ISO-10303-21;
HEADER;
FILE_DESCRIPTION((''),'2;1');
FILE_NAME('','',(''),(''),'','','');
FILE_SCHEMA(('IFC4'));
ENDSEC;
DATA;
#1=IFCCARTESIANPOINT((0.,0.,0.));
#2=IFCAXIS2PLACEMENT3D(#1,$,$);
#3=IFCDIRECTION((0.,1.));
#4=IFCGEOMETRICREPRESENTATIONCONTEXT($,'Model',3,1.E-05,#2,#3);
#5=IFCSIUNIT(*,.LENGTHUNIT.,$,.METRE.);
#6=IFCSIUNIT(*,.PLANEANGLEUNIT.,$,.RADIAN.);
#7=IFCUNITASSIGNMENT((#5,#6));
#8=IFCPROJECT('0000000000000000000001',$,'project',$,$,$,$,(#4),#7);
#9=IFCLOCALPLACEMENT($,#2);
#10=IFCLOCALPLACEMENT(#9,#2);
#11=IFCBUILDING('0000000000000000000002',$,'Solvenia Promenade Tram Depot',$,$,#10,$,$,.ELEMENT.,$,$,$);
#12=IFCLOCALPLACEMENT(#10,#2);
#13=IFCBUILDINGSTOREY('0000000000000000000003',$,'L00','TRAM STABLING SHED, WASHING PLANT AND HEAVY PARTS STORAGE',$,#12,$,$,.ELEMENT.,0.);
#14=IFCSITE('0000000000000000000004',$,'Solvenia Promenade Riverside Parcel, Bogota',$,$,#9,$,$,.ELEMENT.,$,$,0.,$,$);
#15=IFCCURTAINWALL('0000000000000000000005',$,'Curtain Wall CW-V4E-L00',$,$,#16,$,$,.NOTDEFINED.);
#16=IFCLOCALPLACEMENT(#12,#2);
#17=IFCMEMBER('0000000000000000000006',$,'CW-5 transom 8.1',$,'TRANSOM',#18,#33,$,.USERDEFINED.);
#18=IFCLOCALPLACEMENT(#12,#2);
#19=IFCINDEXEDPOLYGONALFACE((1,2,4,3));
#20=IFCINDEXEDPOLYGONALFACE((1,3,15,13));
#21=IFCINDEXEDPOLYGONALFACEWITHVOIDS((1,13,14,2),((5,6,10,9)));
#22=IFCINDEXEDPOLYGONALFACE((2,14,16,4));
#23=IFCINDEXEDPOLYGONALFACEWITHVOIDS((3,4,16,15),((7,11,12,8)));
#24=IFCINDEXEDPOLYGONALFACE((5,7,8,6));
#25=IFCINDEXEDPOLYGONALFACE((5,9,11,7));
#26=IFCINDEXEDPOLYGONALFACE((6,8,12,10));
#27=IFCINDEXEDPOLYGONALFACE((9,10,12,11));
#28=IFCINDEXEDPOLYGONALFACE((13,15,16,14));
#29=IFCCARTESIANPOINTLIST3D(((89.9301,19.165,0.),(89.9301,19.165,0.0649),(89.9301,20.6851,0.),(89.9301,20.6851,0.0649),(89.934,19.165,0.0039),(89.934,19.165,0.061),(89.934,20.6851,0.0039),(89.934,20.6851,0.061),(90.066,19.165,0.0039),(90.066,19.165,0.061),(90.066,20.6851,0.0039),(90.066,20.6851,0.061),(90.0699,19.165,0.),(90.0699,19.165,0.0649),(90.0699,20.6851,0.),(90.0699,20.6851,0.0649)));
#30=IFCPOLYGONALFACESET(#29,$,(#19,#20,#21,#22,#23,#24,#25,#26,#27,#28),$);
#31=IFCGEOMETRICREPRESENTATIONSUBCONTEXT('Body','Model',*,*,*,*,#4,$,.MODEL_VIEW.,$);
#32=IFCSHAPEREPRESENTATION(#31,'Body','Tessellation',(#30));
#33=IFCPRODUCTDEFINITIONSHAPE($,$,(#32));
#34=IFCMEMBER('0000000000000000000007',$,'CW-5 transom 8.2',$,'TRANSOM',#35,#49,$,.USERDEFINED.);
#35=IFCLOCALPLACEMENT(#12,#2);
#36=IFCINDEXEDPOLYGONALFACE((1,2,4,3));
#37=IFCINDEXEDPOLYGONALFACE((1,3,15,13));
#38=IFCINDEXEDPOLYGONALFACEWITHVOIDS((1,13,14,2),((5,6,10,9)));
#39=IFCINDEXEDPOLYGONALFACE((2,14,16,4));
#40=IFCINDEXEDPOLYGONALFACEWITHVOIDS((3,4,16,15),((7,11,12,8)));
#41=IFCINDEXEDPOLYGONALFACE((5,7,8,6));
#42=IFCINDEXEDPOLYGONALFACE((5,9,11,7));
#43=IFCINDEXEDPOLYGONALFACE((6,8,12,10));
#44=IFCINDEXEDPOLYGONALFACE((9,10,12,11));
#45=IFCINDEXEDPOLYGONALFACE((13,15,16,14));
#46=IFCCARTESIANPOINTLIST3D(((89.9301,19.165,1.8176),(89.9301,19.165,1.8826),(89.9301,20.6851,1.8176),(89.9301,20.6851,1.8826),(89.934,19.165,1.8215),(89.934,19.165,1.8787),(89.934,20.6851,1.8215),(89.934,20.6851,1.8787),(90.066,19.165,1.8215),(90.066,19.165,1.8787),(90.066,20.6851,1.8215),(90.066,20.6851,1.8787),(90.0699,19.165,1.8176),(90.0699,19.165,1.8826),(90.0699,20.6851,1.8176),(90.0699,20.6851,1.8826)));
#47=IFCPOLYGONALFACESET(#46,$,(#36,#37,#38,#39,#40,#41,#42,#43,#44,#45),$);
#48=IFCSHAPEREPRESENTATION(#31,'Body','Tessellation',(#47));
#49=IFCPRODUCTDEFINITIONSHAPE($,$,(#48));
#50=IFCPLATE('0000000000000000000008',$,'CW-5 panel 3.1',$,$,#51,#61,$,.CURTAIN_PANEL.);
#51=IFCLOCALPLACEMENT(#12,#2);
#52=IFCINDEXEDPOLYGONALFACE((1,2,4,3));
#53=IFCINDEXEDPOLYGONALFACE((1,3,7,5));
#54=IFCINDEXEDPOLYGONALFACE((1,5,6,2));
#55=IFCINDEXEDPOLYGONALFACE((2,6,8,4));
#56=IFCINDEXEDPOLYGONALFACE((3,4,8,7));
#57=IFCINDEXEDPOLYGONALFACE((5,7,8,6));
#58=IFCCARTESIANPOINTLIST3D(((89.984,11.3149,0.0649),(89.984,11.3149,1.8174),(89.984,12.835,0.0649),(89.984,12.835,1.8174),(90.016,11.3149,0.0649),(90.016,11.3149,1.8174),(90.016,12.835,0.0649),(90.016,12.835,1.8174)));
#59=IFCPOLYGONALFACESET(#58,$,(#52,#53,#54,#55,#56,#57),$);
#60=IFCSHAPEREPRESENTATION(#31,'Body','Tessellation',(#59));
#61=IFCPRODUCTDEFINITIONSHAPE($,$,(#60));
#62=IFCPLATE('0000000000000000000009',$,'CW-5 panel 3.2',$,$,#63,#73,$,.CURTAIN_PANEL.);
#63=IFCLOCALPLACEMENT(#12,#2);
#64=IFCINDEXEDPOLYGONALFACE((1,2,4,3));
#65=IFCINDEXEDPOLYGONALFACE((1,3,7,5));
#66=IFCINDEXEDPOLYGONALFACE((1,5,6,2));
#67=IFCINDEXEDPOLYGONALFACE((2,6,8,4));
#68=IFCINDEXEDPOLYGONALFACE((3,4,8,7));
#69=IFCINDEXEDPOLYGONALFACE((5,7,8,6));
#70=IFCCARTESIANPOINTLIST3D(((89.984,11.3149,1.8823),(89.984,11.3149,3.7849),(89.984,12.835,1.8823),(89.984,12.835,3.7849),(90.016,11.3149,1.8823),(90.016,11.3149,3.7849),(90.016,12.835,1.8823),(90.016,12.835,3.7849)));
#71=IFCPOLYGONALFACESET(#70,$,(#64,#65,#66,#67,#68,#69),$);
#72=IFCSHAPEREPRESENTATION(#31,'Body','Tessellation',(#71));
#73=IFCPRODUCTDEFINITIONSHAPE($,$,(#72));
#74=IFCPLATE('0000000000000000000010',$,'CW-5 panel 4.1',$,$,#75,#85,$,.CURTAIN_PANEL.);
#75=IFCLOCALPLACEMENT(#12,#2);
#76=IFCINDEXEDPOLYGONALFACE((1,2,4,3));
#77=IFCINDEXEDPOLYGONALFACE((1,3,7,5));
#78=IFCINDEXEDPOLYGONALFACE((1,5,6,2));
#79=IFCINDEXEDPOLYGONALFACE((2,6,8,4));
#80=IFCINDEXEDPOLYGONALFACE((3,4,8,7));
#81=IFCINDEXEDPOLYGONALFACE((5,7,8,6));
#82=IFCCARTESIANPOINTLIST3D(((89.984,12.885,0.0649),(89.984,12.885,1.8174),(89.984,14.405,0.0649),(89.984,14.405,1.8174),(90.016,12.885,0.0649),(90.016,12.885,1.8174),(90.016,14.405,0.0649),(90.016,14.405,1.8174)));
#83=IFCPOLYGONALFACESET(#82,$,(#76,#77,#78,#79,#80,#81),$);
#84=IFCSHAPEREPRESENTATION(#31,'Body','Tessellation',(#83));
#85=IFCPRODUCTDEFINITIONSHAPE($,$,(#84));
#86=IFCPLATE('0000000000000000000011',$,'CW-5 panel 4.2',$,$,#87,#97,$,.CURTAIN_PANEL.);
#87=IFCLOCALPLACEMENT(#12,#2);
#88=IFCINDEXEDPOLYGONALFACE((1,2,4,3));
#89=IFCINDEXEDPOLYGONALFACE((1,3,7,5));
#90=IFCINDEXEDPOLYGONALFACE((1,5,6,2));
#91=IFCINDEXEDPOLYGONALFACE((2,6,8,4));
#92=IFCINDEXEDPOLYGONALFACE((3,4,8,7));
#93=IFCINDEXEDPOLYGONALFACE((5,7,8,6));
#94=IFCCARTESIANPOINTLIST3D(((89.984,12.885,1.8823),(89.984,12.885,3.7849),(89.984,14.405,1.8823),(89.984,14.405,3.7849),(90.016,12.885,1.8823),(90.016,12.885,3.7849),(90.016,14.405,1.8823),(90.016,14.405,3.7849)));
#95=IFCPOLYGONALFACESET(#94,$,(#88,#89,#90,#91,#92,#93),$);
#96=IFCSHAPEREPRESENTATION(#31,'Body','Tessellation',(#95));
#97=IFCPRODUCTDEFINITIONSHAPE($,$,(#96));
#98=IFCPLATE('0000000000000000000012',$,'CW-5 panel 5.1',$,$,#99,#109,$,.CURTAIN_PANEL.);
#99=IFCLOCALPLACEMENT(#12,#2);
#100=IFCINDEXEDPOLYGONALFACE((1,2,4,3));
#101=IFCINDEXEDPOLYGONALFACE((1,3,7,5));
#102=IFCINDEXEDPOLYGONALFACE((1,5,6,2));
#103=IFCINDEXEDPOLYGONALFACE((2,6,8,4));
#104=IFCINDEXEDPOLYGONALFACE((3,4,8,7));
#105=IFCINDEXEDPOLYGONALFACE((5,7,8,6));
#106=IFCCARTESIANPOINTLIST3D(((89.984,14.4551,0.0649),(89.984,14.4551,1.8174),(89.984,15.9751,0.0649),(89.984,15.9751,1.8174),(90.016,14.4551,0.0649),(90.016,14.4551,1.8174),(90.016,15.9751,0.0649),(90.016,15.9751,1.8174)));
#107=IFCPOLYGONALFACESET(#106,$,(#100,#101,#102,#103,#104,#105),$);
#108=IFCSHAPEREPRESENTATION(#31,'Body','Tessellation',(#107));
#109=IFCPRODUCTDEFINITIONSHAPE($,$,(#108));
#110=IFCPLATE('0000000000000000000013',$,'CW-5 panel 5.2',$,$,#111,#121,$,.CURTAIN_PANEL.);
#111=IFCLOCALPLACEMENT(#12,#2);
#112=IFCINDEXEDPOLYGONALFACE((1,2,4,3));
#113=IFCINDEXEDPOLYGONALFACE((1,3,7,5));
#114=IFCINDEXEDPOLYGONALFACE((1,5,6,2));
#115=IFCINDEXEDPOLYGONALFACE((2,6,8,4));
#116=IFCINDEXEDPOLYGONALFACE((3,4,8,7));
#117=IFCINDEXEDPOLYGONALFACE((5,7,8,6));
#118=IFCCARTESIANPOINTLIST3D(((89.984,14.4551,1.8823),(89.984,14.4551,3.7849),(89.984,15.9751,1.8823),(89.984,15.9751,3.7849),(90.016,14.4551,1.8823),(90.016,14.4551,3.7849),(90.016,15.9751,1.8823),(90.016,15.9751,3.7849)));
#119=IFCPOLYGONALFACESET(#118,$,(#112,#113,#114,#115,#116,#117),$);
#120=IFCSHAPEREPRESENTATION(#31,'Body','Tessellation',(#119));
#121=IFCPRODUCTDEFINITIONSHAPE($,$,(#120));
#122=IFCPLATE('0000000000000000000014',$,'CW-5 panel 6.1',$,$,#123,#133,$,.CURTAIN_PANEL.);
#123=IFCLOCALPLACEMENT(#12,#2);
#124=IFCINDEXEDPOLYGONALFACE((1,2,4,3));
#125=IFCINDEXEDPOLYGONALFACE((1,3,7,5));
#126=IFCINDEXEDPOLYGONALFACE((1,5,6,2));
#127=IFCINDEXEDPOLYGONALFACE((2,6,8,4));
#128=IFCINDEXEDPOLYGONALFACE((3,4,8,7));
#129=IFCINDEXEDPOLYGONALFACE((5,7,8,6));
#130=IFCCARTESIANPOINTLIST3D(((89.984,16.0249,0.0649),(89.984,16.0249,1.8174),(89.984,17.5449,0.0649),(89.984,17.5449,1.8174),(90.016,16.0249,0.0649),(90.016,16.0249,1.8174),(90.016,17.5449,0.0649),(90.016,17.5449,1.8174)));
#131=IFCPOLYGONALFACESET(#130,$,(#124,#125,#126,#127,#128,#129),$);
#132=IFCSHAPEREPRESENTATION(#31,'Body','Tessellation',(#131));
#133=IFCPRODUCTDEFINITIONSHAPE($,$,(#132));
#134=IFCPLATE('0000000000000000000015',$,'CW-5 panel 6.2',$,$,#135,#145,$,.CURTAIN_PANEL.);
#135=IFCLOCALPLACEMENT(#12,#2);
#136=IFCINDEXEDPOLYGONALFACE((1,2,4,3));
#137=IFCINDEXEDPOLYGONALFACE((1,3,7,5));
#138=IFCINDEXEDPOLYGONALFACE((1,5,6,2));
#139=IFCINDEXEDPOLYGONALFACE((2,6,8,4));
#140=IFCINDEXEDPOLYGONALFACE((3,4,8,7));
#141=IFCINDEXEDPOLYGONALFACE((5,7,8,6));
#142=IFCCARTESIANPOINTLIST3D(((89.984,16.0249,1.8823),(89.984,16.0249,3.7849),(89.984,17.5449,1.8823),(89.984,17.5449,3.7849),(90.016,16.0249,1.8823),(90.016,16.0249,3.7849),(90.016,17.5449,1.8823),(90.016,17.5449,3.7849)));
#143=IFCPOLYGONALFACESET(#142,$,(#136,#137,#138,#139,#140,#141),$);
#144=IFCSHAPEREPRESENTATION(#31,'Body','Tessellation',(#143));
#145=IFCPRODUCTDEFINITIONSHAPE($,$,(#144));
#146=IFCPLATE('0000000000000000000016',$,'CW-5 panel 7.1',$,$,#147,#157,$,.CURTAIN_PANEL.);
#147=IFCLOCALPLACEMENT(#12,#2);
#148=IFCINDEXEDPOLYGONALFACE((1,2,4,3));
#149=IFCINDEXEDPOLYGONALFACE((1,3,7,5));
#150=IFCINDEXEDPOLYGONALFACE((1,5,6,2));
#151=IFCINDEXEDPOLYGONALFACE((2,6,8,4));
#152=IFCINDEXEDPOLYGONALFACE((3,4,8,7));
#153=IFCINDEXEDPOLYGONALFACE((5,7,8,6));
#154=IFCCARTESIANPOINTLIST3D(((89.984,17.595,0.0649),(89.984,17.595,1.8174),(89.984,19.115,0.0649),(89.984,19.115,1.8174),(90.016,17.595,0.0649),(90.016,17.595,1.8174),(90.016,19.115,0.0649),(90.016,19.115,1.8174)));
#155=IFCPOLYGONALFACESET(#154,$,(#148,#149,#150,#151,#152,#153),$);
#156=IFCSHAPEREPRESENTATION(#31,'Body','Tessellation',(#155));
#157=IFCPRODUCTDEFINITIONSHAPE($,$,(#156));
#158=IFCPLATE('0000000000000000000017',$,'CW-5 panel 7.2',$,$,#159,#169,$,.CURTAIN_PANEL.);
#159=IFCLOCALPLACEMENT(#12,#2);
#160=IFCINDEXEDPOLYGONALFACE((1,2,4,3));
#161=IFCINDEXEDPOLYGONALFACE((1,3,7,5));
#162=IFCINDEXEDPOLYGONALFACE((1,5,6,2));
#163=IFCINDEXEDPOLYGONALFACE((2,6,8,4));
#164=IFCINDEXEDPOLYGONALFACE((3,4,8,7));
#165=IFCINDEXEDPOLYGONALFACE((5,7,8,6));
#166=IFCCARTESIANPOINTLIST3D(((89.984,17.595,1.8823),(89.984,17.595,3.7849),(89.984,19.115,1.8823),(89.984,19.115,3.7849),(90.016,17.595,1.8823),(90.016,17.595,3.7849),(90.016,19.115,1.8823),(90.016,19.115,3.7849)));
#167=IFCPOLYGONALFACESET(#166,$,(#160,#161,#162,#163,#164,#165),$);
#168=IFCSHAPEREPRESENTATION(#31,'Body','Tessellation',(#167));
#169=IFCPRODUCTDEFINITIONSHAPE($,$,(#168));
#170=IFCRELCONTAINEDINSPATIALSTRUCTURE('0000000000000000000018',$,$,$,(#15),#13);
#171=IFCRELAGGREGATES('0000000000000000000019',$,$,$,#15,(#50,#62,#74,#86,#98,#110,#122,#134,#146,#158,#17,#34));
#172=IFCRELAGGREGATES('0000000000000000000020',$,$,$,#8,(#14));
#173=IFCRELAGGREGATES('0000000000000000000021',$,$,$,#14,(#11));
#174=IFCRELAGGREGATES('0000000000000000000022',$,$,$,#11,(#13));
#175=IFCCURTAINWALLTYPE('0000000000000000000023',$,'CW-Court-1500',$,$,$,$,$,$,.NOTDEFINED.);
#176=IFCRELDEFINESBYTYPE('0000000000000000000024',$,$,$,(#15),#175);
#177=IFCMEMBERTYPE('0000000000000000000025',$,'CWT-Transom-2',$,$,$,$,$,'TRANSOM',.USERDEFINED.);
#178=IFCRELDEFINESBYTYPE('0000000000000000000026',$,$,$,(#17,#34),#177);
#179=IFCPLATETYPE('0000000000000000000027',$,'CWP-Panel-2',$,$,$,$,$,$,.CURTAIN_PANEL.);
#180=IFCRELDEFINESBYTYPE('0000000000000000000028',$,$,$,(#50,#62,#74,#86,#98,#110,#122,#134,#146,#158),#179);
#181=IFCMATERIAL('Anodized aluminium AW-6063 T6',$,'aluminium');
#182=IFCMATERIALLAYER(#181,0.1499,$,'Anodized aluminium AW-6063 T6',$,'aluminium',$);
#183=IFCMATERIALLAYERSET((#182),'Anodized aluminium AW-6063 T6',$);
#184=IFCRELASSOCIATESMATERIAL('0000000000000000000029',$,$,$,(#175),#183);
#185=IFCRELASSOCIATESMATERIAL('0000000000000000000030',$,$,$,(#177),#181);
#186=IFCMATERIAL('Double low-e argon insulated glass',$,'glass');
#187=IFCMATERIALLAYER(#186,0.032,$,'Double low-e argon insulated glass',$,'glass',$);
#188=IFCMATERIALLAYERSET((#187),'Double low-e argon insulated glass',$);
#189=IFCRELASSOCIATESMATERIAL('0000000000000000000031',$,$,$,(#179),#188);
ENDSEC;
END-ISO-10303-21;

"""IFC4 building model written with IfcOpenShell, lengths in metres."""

from ifc_helpers import new_model, si_unit, direction, frame, origin, origin_2d, place, context, subcontext, project, spatial, rectangle, hollow_rectangle, extrude, material, layer, layer_set, material_profile, profile_set, type_object, element, aggregate, save


model = new_model("IFC4")

# Units and contexts
model_context = context("Model", 3, precision=1e-05, world=origin(), true_north=direction((0.0, 1.0)))
body_context = subcontext(model_context, "Body", "Model", "MODEL_VIEW")
ifc_project = project(units=[si_unit("LENGTHUNIT", "METRE"), si_unit("PLANEANGLEUNIT", "RADIAN")], contexts=[model_context])

# Site, building, storey
site_placement = place(None, origin())
site = spatial("IfcSite", under=ifc_project, at=site_placement, Name="Solvenia Promenade Riverside Parcel, Bogota", CompositionType="ELEMENT", RefElevation=0.0)
building_placement = place(site_placement, origin())
building = spatial("IfcBuilding", under=site, at=building_placement, Name="Solvenia Promenade Tram Depot", CompositionType="ELEMENT")
storey_placement = place(building_placement, origin())
storey = spatial("IfcBuildingStorey", under=building, at=storey_placement, Name="L00", Description="TRAM STABLING SHED, WASHING PLANT AND HEAVY PARTS STORAGE", CompositionType="ELEMENT", Elevation=0.0)

# Curtain wall, members, plates
ifc_material_1 = material(Name="Anodized aluminium AW-6063 T6", Category="aluminium")
ifc_layer_1 = layer(ifc_material_1, 0.1499, Name="Anodized aluminium AW-6063 T6", Category="aluminium")
ifc_layer_set_1 = layer_set([ifc_layer_1], Name="Anodized aluminium AW-6063 T6")
curtain_wall_type = type_object("IfcCurtainWallType", Name="CW-Court-1500", PredefinedType="NOTDEFINED", material=ifc_layer_set_1)
curtain_wall_placement = place(storey_placement, origin())
curtain_wall = element("IfcCurtainWall", 1, at=curtain_wall_placement, inside=storey, type_object=curtain_wall_type, Name="Curtain Wall CW-V4E-L00", PredefinedType="NOTDEFINED")
ifc_material_profile_1 = material_profile(ifc_material_1, hollow_rectangle(XDim=0.1399, YDim=0.0649, WallThickness=0.0039, at=origin_2d()), Name="ALU-T2", Category="aluminium")
ifc_profile_set_1 = profile_set([ifc_material_profile_1], Name="Anodized aluminium AW-6063 T6")
member_type_1 = type_object("IfcMemberType", Name="CWT-Transom-2", ElementType="TRANSOM", PredefinedType="USERDEFINED", material=ifc_profile_set_1)
member_1_placement = place(storey_placement, frame((90.0, 19.165, 0.0325), z_axis=(0.0, 1.0, 0.0), x_axis=(-1.0, 0.0, 0.0)))
member_1 = element("IfcMember", 2, at=member_1_placement, type_object=member_type_1, Name="CW-5 transom 8.1", ObjectType="TRANSOM", PredefinedType="USERDEFINED", context=body_context, shape_type="SweptSolid", body=[
    extrude(hollow_rectangle(XDim=0.1399, YDim=0.0649, WallThickness=0.0039, at=origin_2d()), origin(), (0.0, 0.0, 1.0), 1.52),
])
member_2_placement = place(storey_placement, frame((90.0, 19.165, 1.8501), z_axis=(0.0, 1.0, 0.0), x_axis=(-1.0, 0.0, 0.0)))
member_2 = element("IfcMember", 3, at=member_2_placement, type_object=member_type_1, Name="CW-5 transom 8.2", ObjectType="TRANSOM", PredefinedType="USERDEFINED", context=body_context, shape_type="SweptSolid", body=[
    extrude(hollow_rectangle(XDim=0.1399, YDim=0.0649, WallThickness=0.0039, at=origin_2d()), origin(), (0.0, 0.0, 1.0), 1.52),
])
ifc_material_2 = material(Name="Double low-e argon insulated glass", Category="glass")
ifc_layer_2 = layer(ifc_material_2, 0.032, Name="Double low-e argon insulated glass", Category="glass")
ifc_layer_set_2 = layer_set([ifc_layer_2], Name="Double low-e argon insulated glass")
plate_type = type_object("IfcPlateType", Name="CWP-Panel-2", PredefinedType="CURTAIN_PANEL", material=ifc_layer_set_2)
plate_1_placement = place(storey_placement, frame((90.0, 12.075, 0.0649), z_axis=(0.0, 0.0, 1.0), x_axis=(0.0, 1.0, 0.0)))
plate_1 = element("IfcPlate", 4, at=plate_1_placement, type_object=plate_type, Name="CW-5 panel 3.1", PredefinedType="CURTAIN_PANEL", context=body_context, shape_type="SweptSolid", body=[
    extrude(rectangle(XDim=1.52, YDim=0.032, at=origin_2d()), origin(), (0.0, 0.0, 1.0), 1.7524),
])
plate_2_placement = place(storey_placement, frame((90.0, 12.075, 1.8823), z_axis=(0.0, 0.0, 1.0), x_axis=(0.0, 1.0, 0.0)))
plate_2 = element("IfcPlate", 5, at=plate_2_placement, type_object=plate_type, Name="CW-5 panel 3.2", PredefinedType="CURTAIN_PANEL", context=body_context, shape_type="SweptSolid", body=[
    extrude(rectangle(XDim=1.52, YDim=0.032, at=origin_2d()), origin(), (0.0, 0.0, 1.0), 1.9026),
])
plate_3_placement = place(storey_placement, frame((90.0, 13.645, 0.0649), z_axis=(0.0, 0.0, 1.0), x_axis=(0.0, 1.0, 0.0)))
plate_3 = element("IfcPlate", 6, at=plate_3_placement, type_object=plate_type, Name="CW-5 panel 4.1", PredefinedType="CURTAIN_PANEL", context=body_context, shape_type="SweptSolid", body=[
    extrude(rectangle(XDim=1.52, YDim=0.032, at=origin_2d()), origin(), (0.0, 0.0, 1.0), 1.7524),
])
plate_4_placement = place(storey_placement, frame((90.0, 13.645, 1.8823), z_axis=(0.0, 0.0, 1.0), x_axis=(0.0, 1.0, 0.0)))
plate_4 = element("IfcPlate", 7, at=plate_4_placement, type_object=plate_type, Name="CW-5 panel 4.2", PredefinedType="CURTAIN_PANEL", context=body_context, shape_type="SweptSolid", body=[
    extrude(rectangle(XDim=1.52, YDim=0.032, at=origin_2d()), origin(), (0.0, 0.0, 1.0), 1.9026),
])
plate_5_placement = place(storey_placement, frame((90.0, 15.2151, 0.0649), z_axis=(0.0, 0.0, 1.0), x_axis=(0.0, 1.0, 0.0)))
plate_5 = element("IfcPlate", 8, at=plate_5_placement, type_object=plate_type, Name="CW-5 panel 5.1", PredefinedType="CURTAIN_PANEL", context=body_context, shape_type="SweptSolid", body=[
    extrude(rectangle(XDim=1.52, YDim=0.032, at=origin_2d()), origin(), (0.0, 0.0, 1.0), 1.7524),
])
plate_6_placement = place(storey_placement, frame((90.0, 15.2151, 1.8823), z_axis=(0.0, 0.0, 1.0), x_axis=(0.0, 1.0, 0.0)))
plate_6 = element("IfcPlate", 9, at=plate_6_placement, type_object=plate_type, Name="CW-5 panel 5.2", PredefinedType="CURTAIN_PANEL", context=body_context, shape_type="SweptSolid", body=[
    extrude(rectangle(XDim=1.52, YDim=0.032, at=origin_2d()), origin(), (0.0, 0.0, 1.0), 1.9026),
])
plate_7_placement = place(storey_placement, frame((90.0, 16.7849, 0.0649), z_axis=(0.0, 0.0, 1.0), x_axis=(0.0, 1.0, 0.0)))
plate_7 = element("IfcPlate", 10, at=plate_7_placement, type_object=plate_type, Name="CW-5 panel 6.1", PredefinedType="CURTAIN_PANEL", context=body_context, shape_type="SweptSolid", body=[
    extrude(rectangle(XDim=1.52, YDim=0.032, at=origin_2d()), origin(), (0.0, 0.0, 1.0), 1.7524),
])
plate_8_placement = place(storey_placement, frame((90.0, 16.7849, 1.8823), z_axis=(0.0, 0.0, 1.0), x_axis=(0.0, 1.0, 0.0)))
plate_8 = element("IfcPlate", 11, at=plate_8_placement, type_object=plate_type, Name="CW-5 panel 6.2", PredefinedType="CURTAIN_PANEL", context=body_context, shape_type="SweptSolid", body=[
    extrude(rectangle(XDim=1.52, YDim=0.032, at=origin_2d()), origin(), (0.0, 0.0, 1.0), 1.9026),
])
plate_9_placement = place(storey_placement, frame((90.0, 18.355, 0.0649), z_axis=(0.0, 0.0, 1.0), x_axis=(0.0, 1.0, 0.0)))
plate_9 = element("IfcPlate", 12, at=plate_9_placement, type_object=plate_type, Name="CW-5 panel 7.1", PredefinedType="CURTAIN_PANEL", context=body_context, shape_type="SweptSolid", body=[
    extrude(rectangle(XDim=1.52, YDim=0.032, at=origin_2d()), origin(), (0.0, 0.0, 1.0), 1.7524),
])
plate_10_placement = place(storey_placement, frame((90.0, 18.355, 1.8823), z_axis=(0.0, 0.0, 1.0), x_axis=(0.0, 1.0, 0.0)))
plate_10 = element("IfcPlate", 13, at=plate_10_placement, type_object=plate_type, Name="CW-5 panel 7.2", PredefinedType="CURTAIN_PANEL", context=body_context, shape_type="SweptSolid", body=[
    extrude(rectangle(XDim=1.52, YDim=0.032, at=origin_2d()), origin(), (0.0, 0.0, 1.0), 1.9026),
])
aggregate(curtain_wall, [plate_1, plate_2, plate_3, plate_4, plate_5, plate_6, plate_7, plate_8, plate_9, plate_10, member_1, member_2])

save(model, "model.ifc")
